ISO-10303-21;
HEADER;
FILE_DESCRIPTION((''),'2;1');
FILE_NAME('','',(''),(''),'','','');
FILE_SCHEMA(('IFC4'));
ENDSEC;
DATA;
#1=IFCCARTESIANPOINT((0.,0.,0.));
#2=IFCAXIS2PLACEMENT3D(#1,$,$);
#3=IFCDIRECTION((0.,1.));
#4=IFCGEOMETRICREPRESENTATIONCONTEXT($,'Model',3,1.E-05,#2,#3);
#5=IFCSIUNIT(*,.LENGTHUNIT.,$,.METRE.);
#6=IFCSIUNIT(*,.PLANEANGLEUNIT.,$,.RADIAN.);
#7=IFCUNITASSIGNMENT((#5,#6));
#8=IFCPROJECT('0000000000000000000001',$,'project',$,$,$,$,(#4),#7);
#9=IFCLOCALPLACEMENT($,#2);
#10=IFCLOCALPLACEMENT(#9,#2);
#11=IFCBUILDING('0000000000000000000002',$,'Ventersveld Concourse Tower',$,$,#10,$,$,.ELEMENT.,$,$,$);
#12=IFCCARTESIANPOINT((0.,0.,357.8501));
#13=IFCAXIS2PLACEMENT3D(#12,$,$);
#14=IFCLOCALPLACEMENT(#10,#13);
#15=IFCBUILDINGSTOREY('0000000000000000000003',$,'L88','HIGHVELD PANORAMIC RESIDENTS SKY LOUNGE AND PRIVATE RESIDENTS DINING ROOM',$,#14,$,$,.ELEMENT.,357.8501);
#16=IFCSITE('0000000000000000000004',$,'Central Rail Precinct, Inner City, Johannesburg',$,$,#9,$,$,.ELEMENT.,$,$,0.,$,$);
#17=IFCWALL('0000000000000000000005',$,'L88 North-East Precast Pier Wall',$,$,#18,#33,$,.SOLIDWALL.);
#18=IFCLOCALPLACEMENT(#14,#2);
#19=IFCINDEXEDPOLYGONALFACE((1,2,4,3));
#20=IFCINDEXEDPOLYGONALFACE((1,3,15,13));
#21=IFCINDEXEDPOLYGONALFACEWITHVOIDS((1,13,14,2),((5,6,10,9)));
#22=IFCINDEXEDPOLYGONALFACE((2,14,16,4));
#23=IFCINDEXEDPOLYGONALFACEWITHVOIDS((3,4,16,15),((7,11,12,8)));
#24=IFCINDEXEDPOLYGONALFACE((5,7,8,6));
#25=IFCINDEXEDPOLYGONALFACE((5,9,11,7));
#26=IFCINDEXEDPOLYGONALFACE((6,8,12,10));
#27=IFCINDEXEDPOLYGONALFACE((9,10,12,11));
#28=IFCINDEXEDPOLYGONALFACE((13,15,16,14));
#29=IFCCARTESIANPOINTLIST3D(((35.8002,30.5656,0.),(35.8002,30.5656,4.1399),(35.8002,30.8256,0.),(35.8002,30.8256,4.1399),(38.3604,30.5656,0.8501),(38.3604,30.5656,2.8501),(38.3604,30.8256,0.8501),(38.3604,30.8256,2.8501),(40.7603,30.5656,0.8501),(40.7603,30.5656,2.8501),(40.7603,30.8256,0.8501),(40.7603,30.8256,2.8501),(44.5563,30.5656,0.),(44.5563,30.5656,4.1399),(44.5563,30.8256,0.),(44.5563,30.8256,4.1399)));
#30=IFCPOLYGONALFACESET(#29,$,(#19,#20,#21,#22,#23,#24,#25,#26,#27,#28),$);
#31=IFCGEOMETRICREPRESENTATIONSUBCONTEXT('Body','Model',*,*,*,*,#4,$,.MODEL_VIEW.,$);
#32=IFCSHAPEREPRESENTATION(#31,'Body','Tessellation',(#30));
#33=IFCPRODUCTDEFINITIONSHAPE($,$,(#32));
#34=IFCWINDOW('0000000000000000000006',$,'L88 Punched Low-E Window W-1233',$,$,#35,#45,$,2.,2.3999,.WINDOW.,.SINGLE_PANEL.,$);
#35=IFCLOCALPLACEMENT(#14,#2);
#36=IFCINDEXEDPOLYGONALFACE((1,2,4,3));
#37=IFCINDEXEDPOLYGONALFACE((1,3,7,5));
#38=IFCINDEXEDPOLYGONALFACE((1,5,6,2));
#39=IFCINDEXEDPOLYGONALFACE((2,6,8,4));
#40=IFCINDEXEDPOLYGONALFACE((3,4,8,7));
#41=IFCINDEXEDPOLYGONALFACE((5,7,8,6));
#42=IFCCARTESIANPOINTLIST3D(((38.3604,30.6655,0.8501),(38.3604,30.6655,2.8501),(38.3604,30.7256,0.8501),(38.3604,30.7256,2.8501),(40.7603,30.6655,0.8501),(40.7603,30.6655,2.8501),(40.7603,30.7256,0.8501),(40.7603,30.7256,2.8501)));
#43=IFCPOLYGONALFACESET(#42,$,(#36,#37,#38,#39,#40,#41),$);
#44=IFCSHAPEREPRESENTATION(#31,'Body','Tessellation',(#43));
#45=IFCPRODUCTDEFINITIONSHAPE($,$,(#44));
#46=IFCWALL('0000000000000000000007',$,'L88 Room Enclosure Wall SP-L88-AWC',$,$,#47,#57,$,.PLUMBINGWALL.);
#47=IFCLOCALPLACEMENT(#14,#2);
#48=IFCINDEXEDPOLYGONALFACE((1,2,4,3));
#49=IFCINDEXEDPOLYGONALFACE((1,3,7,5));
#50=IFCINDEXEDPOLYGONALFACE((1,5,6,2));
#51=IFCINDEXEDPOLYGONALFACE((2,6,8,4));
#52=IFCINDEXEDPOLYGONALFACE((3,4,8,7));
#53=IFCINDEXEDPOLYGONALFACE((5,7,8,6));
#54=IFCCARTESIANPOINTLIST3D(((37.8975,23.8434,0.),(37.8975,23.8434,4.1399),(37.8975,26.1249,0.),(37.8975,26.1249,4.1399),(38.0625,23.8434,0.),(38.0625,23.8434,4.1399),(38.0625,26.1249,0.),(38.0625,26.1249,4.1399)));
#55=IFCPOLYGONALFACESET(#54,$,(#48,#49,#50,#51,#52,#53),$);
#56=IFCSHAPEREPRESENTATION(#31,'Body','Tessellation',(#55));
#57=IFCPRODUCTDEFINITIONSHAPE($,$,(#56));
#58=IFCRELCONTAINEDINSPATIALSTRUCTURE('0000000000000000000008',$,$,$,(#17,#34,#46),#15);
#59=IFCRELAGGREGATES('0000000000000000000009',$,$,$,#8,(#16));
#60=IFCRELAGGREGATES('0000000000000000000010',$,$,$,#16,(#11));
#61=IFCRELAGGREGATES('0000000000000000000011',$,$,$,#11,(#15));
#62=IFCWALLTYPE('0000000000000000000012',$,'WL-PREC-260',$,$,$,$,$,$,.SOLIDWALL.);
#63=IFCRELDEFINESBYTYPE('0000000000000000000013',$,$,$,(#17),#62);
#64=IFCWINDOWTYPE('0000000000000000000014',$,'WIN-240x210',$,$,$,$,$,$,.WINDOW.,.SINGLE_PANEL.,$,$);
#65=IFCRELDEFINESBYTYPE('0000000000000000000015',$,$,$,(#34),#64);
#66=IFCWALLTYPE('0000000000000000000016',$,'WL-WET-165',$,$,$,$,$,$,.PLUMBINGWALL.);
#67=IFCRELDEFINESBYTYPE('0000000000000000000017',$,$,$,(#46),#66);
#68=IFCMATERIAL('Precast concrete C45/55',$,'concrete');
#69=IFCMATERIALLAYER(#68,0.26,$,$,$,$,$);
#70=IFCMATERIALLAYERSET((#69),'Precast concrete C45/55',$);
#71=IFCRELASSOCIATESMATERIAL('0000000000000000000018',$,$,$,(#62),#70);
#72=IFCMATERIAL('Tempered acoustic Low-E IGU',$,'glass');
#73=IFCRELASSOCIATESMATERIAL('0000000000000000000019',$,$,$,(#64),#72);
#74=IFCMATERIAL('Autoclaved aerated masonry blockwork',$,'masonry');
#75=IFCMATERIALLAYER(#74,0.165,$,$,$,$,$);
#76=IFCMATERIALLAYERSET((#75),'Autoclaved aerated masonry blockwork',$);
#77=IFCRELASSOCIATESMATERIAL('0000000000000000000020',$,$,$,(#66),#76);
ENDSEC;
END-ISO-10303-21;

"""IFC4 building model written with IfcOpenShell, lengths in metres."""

from ifc_helpers import new_model, si_unit, direction, frame, frame_2d, origin, place, context, subcontext, project, spatial, rectangle, extrude, material, layer, layer_set, type_object, element, fill, save


model = new_model("IFC4")

# Units and contexts
model_context = context("Model", 3, precision=1e-05, world=origin(), true_north=direction((0.0, 1.0)))
body_context = subcontext(model_context, "Body", "Model", "MODEL_VIEW")
ifc_project = project(units=[si_unit("LENGTHUNIT", "METRE"), si_unit("PLANEANGLEUNIT", "RADIAN")], contexts=[model_context])

# Site, building, storey
site_placement = place(None, origin())
site = spatial("IfcSite", under=ifc_project, at=site_placement, Name="Central Rail Precinct, Inner City, Johannesburg", CompositionType="ELEMENT", RefElevation=0.0)
building_placement = place(site_placement, origin())
building = spatial("IfcBuilding", under=site, at=building_placement, Name="Ventersveld Concourse Tower", CompositionType="ELEMENT")
storey_placement = place(building_placement, frame((0.0, 0.0, 357.8501)))
storey = spatial("IfcBuildingStorey", under=building, at=storey_placement, Name="L88", Description="HIGHVELD PANORAMIC RESIDENTS SKY LOUNGE AND PRIVATE RESIDENTS DINING ROOM", CompositionType="ELEMENT", Elevation=357.8501)

# Shared definitions
ifc_material_1 = material(Name="Autoclaved aerated masonry blockwork", Category="masonry")

# Shared definitions
ifc_material_2 = material(Name="Precast concrete C45/55", Category="concrete")
ifc_layer_1 = layer(ifc_material_2, 0.26)
ifc_layer_set_1 = layer_set([ifc_layer_1], Name="Precast concrete C45/55")
wall_type_1 = type_object("IfcWallType", Name="WL-PREC-260", PredefinedType="SOLIDWALL", material=ifc_layer_set_1)

# Wall, opening, window
wall_1_placement = place(storey_placement, frame((44.5562, 30.6956, 0.0), z_axis=(0.0, 0.0, 1.0), x_axis=(-1.0, 0.0, 0.0)))
wall_1 = element("IfcWall", 1, at=wall_1_placement, inside=storey, type_object=wall_type_1, Name="L88 North-East Precast Pier Wall", PredefinedType="SOLIDWALL", context=body_context, shape_type="SweptSolid", body=[
    extrude(rectangle(XDim=8.7561, YDim=0.26, at=frame_2d((4.3779, 0.0))), origin(), (0.0, 0.0, 1.0), 4.1399),
])
opening_1_placement = place(wall_1_placement, frame((3.7959, 0.0, 0.8501)))
opening_1 = element("IfcOpeningElement", 2, at=opening_1_placement, cuts=wall_1, PredefinedType="OPENING", context=body_context, shape_type="SweptSolid", body=[
    extrude(rectangle(XDim=2.3999, YDim=2.0, at=frame_2d((1.2, 1.0))), frame((0.0, 0.1401, 0.0), z_axis=(0.0, -1.0, 0.0), x_axis=(1.0, 0.0, 0.0)), (0.0, 0.0, 1.0), 0.28),
])
ifc_material_3 = material(Name="Tempered acoustic Low-E IGU", Category="glass")
window_type = type_object("IfcWindowType", Name="WIN-240x210", PartitioningType="SINGLE_PANEL", PredefinedType="WINDOW", material=ifc_material_3)
window_placement = place(opening_1_placement, origin())
window = element("IfcWindow", 3, at=window_placement, inside=storey, type_object=window_type, Name="L88 Punched Low-E Window W-1233", OverallHeight=2.0, OverallWidth=2.3999, PartitioningType="SINGLE_PANEL", PredefinedType="WINDOW", context=body_context, shape_type="SweptSolid", body=[
    extrude(rectangle(XDim=2.3999, YDim=2.0, at=frame_2d((1.2, 1.0))), frame((0.0, 0.03, 0.0), z_axis=(0.0, -1.0, 0.0), x_axis=(1.0, 0.0, 0.0)), (0.0, 0.0, 1.0), 0.0601),
])
fill(opening_1, window)

# Wall
ifc_layer_2 = layer(ifc_material_1, 0.165)
ifc_layer_set_2 = layer_set([ifc_layer_2], Name="Autoclaved aerated masonry blockwork")
wall_type_2 = type_object("IfcWallType", Name="WL-WET-165", PredefinedType="PLUMBINGWALL", material=ifc_layer_set_2)
wall_2_placement = place(storey_placement, frame((37.98, 23.8435, 0.0), z_axis=(0.0, 0.0, 1.0), x_axis=(0.0, 1.0, 0.0)))
element("IfcWall", 4, at=wall_2_placement, inside=storey, type_object=wall_type_2, Name="L88 Room Enclosure Wall SP-L88-AWC", PredefinedType="PLUMBINGWALL", context=body_context, shape_type="SweptSolid", body=[
    extrude(rectangle(XDim=2.2815, YDim=0.165, at=frame_2d((1.1406, 0.0))), origin(), (0.0, 0.0, 1.0), 4.1399),
])

save(model, "model.ifc")
